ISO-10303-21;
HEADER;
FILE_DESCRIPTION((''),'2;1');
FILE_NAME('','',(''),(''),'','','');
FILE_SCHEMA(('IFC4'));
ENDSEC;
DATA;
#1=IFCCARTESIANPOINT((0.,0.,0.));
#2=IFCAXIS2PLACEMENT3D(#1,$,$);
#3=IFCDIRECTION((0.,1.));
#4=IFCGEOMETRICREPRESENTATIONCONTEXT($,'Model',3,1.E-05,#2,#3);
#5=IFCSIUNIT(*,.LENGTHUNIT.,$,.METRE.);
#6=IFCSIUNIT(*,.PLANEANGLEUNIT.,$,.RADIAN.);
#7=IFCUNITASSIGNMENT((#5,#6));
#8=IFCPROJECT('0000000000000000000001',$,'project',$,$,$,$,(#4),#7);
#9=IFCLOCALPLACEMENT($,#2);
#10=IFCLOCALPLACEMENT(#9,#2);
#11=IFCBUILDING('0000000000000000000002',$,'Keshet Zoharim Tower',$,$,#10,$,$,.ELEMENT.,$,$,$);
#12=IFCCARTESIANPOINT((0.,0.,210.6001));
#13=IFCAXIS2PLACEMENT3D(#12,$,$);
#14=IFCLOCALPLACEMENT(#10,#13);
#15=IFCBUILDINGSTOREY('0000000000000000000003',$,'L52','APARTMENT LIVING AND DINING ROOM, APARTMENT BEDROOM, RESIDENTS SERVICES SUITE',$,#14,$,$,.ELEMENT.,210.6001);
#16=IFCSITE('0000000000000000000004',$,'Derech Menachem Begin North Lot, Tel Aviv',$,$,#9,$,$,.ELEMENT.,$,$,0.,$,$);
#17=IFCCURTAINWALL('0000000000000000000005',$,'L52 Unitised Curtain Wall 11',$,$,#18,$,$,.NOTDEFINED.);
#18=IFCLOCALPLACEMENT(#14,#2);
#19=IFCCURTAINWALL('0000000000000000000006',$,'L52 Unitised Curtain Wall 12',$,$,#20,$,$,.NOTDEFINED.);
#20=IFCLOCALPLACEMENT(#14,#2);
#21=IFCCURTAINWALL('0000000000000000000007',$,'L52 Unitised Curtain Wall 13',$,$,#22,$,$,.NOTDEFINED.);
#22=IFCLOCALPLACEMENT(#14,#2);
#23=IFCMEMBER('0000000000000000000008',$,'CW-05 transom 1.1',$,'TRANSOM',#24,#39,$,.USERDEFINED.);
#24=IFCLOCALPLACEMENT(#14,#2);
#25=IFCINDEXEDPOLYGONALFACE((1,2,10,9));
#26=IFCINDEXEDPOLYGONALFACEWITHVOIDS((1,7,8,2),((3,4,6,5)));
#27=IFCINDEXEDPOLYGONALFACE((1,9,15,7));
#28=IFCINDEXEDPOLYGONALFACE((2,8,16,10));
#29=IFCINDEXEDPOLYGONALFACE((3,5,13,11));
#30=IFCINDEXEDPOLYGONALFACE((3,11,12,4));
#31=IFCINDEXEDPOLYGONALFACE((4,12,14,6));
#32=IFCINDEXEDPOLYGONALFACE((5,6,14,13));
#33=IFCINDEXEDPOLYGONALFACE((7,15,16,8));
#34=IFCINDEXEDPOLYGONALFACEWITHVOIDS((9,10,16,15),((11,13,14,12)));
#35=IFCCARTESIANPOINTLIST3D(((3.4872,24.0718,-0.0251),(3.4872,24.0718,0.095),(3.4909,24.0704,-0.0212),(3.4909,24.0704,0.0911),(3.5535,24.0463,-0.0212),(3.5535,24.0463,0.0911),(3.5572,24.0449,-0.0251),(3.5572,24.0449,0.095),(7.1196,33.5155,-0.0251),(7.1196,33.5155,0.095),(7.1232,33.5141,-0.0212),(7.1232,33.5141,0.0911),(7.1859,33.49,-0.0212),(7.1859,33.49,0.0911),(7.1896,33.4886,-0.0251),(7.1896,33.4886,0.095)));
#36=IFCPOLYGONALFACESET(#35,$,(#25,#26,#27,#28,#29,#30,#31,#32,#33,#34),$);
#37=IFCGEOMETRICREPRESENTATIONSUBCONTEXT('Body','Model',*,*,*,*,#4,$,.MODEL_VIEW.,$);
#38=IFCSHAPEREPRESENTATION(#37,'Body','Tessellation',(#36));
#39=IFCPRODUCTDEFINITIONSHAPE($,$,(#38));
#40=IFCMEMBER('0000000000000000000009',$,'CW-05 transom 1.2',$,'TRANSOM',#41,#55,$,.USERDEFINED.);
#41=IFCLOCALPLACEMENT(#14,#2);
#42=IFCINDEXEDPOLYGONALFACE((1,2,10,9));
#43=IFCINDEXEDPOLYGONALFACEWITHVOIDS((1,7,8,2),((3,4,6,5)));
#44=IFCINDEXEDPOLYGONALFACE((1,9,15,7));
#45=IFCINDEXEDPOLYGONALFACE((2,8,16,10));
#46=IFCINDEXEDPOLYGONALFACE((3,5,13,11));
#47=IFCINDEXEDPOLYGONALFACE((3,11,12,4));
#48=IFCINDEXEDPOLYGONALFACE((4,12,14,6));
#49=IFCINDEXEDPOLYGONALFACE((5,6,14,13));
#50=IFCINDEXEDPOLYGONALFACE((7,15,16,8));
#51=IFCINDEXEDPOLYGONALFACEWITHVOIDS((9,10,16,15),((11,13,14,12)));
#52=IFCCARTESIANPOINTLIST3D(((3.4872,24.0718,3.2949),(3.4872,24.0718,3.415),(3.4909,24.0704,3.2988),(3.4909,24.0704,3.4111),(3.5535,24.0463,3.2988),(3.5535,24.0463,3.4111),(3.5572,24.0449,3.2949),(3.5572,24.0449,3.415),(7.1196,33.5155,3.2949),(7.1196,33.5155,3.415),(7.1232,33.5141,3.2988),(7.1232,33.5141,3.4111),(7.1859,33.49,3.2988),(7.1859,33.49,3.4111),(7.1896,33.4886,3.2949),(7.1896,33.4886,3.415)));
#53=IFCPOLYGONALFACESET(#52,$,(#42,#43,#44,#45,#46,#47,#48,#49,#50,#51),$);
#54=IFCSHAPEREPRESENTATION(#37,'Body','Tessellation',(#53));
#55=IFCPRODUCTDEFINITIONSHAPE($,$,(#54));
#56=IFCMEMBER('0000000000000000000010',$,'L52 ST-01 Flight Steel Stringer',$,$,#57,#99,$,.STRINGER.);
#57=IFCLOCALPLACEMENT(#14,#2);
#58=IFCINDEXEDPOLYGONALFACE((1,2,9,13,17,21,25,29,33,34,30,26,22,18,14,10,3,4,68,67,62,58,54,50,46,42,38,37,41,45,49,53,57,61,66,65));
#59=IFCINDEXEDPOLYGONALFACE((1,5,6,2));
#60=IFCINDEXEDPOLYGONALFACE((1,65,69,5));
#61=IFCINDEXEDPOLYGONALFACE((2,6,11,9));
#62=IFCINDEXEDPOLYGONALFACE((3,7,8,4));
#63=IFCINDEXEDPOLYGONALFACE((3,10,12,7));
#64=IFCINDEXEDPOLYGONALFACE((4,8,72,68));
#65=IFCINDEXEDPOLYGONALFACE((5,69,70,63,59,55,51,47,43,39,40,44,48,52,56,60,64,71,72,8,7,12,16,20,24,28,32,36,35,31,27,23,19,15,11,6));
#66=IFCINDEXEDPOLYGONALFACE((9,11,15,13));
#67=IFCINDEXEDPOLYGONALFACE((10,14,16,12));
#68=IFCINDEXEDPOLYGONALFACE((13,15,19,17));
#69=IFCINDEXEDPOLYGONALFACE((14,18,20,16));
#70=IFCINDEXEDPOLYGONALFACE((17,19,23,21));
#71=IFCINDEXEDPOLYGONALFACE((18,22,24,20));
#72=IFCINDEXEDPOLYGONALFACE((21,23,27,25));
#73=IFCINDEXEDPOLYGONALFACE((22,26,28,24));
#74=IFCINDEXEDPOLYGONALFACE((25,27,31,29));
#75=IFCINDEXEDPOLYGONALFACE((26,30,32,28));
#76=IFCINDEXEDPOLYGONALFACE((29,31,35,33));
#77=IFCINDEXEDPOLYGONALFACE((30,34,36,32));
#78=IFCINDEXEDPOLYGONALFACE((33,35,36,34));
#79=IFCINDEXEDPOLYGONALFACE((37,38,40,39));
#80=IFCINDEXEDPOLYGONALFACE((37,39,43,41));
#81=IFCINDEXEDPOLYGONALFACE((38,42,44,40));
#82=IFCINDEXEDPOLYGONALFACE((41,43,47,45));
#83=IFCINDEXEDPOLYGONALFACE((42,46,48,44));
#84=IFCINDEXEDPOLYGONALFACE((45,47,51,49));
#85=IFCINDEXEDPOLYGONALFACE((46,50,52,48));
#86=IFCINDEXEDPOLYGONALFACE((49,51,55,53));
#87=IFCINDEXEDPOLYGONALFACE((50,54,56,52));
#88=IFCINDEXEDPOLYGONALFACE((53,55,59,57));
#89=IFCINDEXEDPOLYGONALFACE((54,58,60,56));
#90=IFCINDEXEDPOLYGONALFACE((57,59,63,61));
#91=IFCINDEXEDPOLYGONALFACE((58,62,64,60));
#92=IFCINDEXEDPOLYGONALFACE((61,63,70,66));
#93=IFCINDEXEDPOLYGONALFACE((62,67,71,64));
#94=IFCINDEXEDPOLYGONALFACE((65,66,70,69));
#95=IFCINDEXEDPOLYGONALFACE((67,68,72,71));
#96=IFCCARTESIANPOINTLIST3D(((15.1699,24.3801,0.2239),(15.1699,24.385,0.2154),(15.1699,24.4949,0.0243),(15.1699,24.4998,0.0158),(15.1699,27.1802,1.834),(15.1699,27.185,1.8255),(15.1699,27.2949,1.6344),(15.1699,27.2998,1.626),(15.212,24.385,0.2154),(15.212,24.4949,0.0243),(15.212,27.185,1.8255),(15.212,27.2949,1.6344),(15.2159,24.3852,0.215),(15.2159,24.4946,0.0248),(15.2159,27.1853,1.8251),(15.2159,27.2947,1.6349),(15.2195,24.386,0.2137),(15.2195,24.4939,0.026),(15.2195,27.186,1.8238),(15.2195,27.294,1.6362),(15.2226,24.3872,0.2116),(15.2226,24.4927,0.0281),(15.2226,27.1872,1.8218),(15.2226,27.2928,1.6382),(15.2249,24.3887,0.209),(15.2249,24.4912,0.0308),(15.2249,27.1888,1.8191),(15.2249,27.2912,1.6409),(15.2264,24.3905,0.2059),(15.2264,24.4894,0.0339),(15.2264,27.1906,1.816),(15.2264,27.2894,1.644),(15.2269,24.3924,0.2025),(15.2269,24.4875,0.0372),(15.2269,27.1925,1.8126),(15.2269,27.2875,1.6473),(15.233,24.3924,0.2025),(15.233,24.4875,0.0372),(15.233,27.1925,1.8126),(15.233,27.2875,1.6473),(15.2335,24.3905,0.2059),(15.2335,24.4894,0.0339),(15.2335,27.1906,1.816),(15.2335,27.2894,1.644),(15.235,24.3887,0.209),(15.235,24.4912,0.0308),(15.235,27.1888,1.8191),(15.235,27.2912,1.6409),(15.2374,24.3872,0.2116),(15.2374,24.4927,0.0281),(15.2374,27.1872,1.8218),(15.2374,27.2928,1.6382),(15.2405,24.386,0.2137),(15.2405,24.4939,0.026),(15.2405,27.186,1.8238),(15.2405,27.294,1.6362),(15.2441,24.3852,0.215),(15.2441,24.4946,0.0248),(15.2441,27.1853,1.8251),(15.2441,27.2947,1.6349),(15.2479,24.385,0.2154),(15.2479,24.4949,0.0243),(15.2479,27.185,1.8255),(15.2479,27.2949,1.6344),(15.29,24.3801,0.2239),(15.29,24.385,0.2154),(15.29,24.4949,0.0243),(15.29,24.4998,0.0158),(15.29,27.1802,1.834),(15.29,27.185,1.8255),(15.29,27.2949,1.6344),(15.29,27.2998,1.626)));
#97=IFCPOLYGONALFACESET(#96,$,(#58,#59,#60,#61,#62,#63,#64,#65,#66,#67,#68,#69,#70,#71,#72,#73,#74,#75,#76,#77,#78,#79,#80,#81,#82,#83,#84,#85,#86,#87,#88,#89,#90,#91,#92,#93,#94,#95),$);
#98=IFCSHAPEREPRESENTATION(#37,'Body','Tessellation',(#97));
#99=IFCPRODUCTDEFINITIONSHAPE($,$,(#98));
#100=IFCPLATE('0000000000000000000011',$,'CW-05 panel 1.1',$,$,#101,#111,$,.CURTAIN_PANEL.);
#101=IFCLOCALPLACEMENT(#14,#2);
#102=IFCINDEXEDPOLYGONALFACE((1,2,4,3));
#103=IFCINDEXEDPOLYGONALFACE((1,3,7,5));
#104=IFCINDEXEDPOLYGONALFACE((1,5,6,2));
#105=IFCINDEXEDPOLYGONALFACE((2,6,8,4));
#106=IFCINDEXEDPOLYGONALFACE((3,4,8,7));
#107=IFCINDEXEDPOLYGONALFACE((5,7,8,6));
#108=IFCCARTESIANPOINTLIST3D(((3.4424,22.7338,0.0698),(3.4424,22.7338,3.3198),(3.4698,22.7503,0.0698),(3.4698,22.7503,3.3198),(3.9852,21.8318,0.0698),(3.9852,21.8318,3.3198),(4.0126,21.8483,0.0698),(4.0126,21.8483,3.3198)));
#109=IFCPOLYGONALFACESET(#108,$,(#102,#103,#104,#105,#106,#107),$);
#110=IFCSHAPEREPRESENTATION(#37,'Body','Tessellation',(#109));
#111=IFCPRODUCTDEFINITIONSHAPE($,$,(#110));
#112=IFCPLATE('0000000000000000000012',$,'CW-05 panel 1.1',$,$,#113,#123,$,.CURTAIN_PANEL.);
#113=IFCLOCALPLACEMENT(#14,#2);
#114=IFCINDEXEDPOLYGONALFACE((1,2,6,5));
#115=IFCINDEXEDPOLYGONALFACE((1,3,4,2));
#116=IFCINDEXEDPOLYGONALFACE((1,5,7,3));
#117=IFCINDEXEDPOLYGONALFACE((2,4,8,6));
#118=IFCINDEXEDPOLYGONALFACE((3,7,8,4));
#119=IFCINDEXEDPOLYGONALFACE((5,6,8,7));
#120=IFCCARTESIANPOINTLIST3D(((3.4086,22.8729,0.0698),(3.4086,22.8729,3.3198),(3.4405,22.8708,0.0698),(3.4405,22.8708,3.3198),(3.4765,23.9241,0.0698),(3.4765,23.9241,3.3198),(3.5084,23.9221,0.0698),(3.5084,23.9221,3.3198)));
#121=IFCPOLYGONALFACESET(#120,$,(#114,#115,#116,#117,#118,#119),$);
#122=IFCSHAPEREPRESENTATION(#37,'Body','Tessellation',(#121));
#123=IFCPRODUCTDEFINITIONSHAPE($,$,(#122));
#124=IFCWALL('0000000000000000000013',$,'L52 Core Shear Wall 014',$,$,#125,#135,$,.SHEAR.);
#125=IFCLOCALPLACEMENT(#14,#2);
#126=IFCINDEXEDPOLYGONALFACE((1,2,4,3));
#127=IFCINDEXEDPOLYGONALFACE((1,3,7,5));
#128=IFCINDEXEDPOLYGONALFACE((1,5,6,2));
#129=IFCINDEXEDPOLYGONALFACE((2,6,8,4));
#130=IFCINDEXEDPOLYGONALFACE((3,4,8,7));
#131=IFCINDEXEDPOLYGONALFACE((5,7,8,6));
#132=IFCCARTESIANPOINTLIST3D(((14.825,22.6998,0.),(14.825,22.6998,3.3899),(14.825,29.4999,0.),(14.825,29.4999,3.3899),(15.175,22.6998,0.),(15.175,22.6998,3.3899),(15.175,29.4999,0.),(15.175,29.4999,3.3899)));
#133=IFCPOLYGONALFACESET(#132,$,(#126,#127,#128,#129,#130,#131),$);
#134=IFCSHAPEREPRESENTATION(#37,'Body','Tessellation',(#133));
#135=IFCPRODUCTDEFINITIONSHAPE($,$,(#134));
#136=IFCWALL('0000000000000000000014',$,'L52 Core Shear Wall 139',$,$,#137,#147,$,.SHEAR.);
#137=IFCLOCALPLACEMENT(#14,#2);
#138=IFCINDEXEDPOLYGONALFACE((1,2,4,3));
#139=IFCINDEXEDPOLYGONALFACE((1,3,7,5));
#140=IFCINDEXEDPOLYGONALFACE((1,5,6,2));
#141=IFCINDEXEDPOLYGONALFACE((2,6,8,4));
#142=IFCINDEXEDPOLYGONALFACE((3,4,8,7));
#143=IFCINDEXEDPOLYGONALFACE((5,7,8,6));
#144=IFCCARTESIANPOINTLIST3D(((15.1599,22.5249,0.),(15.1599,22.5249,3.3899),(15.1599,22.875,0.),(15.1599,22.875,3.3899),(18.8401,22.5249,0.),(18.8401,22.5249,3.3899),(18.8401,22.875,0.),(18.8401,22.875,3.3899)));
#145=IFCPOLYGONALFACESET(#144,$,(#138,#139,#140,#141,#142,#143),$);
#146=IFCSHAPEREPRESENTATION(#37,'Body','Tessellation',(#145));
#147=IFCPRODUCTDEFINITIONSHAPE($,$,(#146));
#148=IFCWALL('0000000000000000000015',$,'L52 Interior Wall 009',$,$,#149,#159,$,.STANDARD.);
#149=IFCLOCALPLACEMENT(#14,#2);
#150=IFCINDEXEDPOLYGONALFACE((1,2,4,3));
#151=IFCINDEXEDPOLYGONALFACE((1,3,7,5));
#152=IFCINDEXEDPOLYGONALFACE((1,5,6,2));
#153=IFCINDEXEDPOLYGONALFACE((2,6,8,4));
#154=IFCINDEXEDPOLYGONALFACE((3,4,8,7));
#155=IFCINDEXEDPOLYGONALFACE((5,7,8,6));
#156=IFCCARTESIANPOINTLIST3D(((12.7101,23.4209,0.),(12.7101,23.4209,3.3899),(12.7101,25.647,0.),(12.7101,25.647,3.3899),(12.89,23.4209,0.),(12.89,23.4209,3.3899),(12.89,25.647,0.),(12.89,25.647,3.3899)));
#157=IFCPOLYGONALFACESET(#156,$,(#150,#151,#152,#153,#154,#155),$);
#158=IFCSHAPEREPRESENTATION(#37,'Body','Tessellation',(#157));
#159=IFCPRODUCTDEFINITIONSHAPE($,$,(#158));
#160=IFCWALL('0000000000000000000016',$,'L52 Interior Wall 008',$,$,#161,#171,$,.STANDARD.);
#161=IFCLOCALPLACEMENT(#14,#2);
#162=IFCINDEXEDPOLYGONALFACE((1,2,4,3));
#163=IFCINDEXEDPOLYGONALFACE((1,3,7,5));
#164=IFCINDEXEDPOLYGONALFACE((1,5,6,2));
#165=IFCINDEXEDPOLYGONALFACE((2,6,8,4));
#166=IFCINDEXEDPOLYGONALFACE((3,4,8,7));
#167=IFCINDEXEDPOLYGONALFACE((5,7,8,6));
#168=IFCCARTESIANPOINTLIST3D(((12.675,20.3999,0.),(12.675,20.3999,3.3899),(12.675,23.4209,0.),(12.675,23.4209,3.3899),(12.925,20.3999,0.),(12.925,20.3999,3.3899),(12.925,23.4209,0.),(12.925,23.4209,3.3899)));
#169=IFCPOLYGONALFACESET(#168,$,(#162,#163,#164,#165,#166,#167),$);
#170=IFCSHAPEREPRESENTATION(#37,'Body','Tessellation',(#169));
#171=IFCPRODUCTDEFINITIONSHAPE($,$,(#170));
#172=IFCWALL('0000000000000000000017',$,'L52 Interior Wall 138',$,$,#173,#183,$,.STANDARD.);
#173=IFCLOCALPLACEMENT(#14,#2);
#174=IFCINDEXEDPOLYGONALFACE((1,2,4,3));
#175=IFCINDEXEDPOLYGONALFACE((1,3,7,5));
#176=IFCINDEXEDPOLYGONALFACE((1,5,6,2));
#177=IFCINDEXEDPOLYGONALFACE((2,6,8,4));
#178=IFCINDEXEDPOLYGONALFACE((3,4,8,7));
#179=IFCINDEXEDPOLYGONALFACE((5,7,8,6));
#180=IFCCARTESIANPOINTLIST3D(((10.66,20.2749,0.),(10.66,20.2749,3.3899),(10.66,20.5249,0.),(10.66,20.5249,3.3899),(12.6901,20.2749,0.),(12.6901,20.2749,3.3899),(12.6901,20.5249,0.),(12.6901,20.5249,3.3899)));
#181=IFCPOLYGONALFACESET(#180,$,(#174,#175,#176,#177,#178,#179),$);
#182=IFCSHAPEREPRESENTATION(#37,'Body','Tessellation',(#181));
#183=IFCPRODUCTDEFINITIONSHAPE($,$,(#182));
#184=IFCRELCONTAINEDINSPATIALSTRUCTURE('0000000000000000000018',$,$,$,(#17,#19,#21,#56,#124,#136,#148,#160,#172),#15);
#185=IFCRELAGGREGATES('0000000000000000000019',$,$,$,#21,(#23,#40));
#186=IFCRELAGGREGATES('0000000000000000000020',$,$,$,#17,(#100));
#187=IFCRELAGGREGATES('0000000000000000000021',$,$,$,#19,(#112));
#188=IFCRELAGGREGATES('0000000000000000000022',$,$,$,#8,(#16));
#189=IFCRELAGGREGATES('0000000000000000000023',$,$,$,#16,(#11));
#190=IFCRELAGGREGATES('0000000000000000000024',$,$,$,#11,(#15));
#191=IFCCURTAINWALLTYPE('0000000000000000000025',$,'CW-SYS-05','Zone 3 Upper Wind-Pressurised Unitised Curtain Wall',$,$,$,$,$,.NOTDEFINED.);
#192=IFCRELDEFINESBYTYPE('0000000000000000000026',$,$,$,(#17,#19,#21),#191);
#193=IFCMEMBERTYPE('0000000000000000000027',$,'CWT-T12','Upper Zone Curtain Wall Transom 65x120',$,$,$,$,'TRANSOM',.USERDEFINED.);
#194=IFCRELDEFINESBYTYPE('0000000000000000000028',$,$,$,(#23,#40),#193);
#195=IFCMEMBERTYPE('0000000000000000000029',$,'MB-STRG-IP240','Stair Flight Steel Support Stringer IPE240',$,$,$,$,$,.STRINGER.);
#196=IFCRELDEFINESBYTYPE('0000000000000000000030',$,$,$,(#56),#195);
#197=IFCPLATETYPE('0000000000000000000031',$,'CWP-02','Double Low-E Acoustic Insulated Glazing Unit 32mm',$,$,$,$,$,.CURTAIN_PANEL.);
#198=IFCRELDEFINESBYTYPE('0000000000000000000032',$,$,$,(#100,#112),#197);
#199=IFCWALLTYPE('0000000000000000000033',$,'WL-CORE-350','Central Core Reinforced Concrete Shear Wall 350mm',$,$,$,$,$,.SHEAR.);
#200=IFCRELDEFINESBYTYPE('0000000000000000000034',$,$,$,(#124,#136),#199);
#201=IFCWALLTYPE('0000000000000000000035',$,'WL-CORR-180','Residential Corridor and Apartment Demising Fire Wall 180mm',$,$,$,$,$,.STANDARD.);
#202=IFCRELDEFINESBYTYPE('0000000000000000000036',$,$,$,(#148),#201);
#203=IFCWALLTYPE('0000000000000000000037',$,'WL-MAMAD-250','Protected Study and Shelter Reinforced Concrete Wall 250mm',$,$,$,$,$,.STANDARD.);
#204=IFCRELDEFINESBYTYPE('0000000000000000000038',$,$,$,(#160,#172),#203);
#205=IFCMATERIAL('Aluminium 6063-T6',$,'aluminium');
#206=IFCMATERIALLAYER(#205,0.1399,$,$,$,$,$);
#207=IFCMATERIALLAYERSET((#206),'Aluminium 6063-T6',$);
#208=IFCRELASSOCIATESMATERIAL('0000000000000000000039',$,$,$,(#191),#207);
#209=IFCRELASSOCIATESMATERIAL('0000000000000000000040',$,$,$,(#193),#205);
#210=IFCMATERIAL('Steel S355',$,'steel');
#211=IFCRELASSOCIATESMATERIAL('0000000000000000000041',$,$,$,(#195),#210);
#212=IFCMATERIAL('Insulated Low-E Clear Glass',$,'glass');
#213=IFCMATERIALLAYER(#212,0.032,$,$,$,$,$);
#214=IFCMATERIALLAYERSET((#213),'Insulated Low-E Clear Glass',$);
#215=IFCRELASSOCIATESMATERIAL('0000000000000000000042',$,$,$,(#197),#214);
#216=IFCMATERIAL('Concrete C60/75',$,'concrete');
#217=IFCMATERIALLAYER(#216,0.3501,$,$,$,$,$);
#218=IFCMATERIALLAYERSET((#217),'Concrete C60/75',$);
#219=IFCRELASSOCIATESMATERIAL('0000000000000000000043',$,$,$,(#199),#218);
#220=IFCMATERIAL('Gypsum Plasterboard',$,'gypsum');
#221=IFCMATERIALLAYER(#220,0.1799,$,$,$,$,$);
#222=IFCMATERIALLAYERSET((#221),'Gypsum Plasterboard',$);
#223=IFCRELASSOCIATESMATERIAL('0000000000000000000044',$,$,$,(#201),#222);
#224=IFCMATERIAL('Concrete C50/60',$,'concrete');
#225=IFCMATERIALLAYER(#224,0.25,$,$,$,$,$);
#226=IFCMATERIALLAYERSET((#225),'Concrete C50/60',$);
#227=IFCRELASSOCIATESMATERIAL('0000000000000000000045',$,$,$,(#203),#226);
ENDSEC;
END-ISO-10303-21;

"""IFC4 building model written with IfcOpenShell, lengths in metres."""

from ifc_helpers import new_model, si_unit, direction, frame, frame_2d, origin, origin_2d, place, context, subcontext, project, spatial, rectangle, hollow_rectangle, i_section, extrude, material, layer, layer_set, material_profile, profile_set, type_object, element, aggregate, save


model = new_model("IFC4")

# Units and contexts
model_context = context("Model", 3, precision=1e-05, world=origin(), true_north=direction((0.0, 1.0)))
body_context = subcontext(model_context, "Body", "Model", "MODEL_VIEW")
ifc_project = project(units=[si_unit("LENGTHUNIT", "METRE"), si_unit("PLANEANGLEUNIT", "RADIAN")], contexts=[model_context])

# Site, building, storey
site_placement = place(None, origin())
site = spatial("IfcSite", under=ifc_project, at=site_placement, Name="Derech Menachem Begin North Lot, Tel Aviv", CompositionType="ELEMENT", RefElevation=0.0)
building_placement = place(site_placement, origin())
building = spatial("IfcBuilding", under=site, at=building_placement, Name="Keshet Zoharim Tower", CompositionType="ELEMENT")
storey_placement = place(building_placement, frame((0.0, 0.0, 210.6001)))
storey = spatial("IfcBuildingStorey", under=building, at=storey_placement, Name="L52", Description="APARTMENT LIVING AND DINING ROOM, APARTMENT BEDROOM, RESIDENTS SERVICES SUITE", CompositionType="ELEMENT", Elevation=210.6001)

# Shared definitions
ifc_material_1 = material(Name="Concrete C50/60", Category="concrete")

# Shared definitions
ifc_material_2 = material(Name="Aluminium 6063-T6", Category="aluminium")
ifc_layer_1 = layer(ifc_material_2, 0.1399)
ifc_layer_set_1 = layer_set([ifc_layer_1], Name="Aluminium 6063-T6")
curtain_wall_type = type_object("IfcCurtainWallType", Name="CW-SYS-05", Description="Zone 3 Upper Wind-Pressurised Unitised Curtain Wall", PredefinedType="NOTDEFINED", material=ifc_layer_set_1)

# Curtain walls
curtain_wall_1_placement = place(storey_placement, origin())
curtain_wall_1 = element("IfcCurtainWall", 1, at=curtain_wall_1_placement, inside=storey, type_object=curtain_wall_type, Name="L52 Unitised Curtain Wall 11", PredefinedType="NOTDEFINED")
curtain_wall_2_placement = place(storey_placement, origin())
curtain_wall_2 = element("IfcCurtainWall", 2, at=curtain_wall_2_placement, inside=storey, type_object=curtain_wall_type, Name="L52 Unitised Curtain Wall 12", PredefinedType="NOTDEFINED")

# Curtain wall
curtain_wall_3_placement = place(storey_placement, origin())
curtain_wall_3 = element("IfcCurtainWall", 3, at=curtain_wall_3_placement, inside=storey, type_object=curtain_wall_type, Name="L52 Unitised Curtain Wall 13", PredefinedType="NOTDEFINED")

# Members
ifc_material_profile_1 = material_profile(ifc_material_2, hollow_rectangle(XDim=0.075, YDim=0.1201, WallThickness=0.0039, at=origin_2d()), Name="TRN-75x120")
ifc_profile_set_1 = profile_set([ifc_material_profile_1], Name="Aluminium 6063-T6")
member_type_1 = type_object("IfcMemberType", Name="CWT-T12", Description="Upper Zone Curtain Wall Transom 65x120", ElementType="TRANSOM", PredefinedType="USERDEFINED", material=ifc_profile_set_1)
member_1_placement = place(storey_placement, frame((3.5222, 24.0583, 0.0349), z_axis=(0.358994, 0.93334, 0.0), x_axis=(-0.93334, 0.358994, 0.0)))
member_1 = element("IfcMember", 4, at=member_1_placement, type_object=member_type_1, Name="CW-05 transom 1.1", ObjectType="TRANSOM", PredefinedType="USERDEFINED", context=body_context, shape_type="SweptSolid", body=[
    extrude(hollow_rectangle(XDim=0.075, YDim=0.1201, WallThickness=0.0039, at=origin_2d()), origin(), (0.0, 0.0, 1.0), 10.1182),
])
member_2_placement = place(storey_placement, frame((3.5222, 24.0583, 3.355), z_axis=(0.358994, 0.93334, 0.0), x_axis=(-0.93334, 0.358994, 0.0)))
member_2 = element("IfcMember", 5, at=member_2_placement, type_object=member_type_1, Name="CW-05 transom 1.2", ObjectType="TRANSOM", PredefinedType="USERDEFINED", context=body_context, shape_type="SweptSolid", body=[
    extrude(hollow_rectangle(XDim=0.075, YDim=0.1201, WallThickness=0.0039, at=origin_2d()), origin(), (0.0, 0.0, 1.0), 10.1182),
])
aggregate(curtain_wall_3, [member_1, member_2])
ifc_material_3 = material(Name="Steel S355", Category="steel")
ifc_material_profile_2 = material_profile(ifc_material_3, i_section(OverallWidth=0.1201, OverallDepth=0.24, WebThickness=0.0061, FlangeThickness=0.0098, FilletRadius=0.0149, at=origin_2d()), Name="IPE240")
ifc_profile_set_2 = profile_set([ifc_material_profile_2], Name="Steel S355")
member_type_2 = type_object("IfcMemberType", Name="MB-STRG-IP240", Description="Stair Flight Steel Support Stringer IPE240", PredefinedType="STRINGER", material=ifc_profile_set_2)
member_3_placement = place(storey_placement, frame((15.23, 24.4399, 0.1199), z_axis=(0.0, 0.866896, 0.49849), x_axis=(-1.0, 0.0, 0.0)))
element("IfcMember", 6, at=member_3_placement, inside=storey, type_object=member_type_2, Name="L52 ST-01 Flight Steel Stringer", PredefinedType="STRINGER", context=body_context, shape_type="SweptSolid", body=[
    extrude(i_section(OverallWidth=0.1201, OverallDepth=0.24, WebThickness=0.0061, FlangeThickness=0.0098, FilletRadius=0.0149, at=origin_2d()), origin(), (0.0, 0.0, 1.0), 3.23),
])

# Plates
ifc_material_4 = material(Name="Insulated Low-E Clear Glass", Category="glass")
ifc_layer_2 = layer(ifc_material_4, 0.032)
ifc_layer_set_2 = layer_set([ifc_layer_2], Name="Insulated Low-E Clear Glass")
plate_type = type_object("IfcPlateType", Name="CWP-02", Description="Double Low-E Acoustic Insulated Glazing Unit 32mm", PredefinedType="CURTAIN_PANEL", material=ifc_layer_set_2)
plate_1_placement = place(storey_placement, frame((3.7275, 22.291, 0.0698), z_axis=(0.0, 0.0, 1.0), x_axis=(-0.515605, 0.856826, 0.0)))
plate_1 = element("IfcPlate", 7, at=plate_1_placement, type_object=plate_type, Name="CW-05 panel 1.1", PredefinedType="CURTAIN_PANEL", context=body_context, shape_type="SweptSolid", body=[
    extrude(rectangle(XDim=1.0527, YDim=0.032, at=origin_2d()), origin(), (0.0, 0.0, 1.0), 3.25),
])
aggregate(curtain_wall_1, [plate_1])
plate_2_placement = place(storey_placement, frame((3.4585, 23.3975, 0.0698), z_axis=(0.0, 0.0, 1.0), x_axis=(0.064517, 0.997917, 0.0)))
plate_2 = element("IfcPlate", 8, at=plate_2_placement, type_object=plate_type, Name="CW-05 panel 1.1", PredefinedType="CURTAIN_PANEL", context=body_context, shape_type="SweptSolid", body=[
    extrude(rectangle(XDim=1.0535, YDim=0.032, at=origin_2d()), origin(), (0.0, 0.0, 1.0), 3.25),
])
aggregate(curtain_wall_2, [plate_2])

# Walls
ifc_material_5 = material(Name="Concrete C60/75", Category="concrete")
ifc_layer_3 = layer(ifc_material_5, 0.3501)
ifc_layer_set_3 = layer_set([ifc_layer_3], Name="Concrete C60/75")
wall_type_1 = type_object("IfcWallType", Name="WL-CORE-350", Description="Central Core Reinforced Concrete Shear Wall 350mm", PredefinedType="SHEAR", material=ifc_layer_set_3)
wall_1_placement = place(storey_placement, frame((15.0, 22.7, 0.0), z_axis=(0.0, 0.0, 1.0), x_axis=(0.0, 1.0, 0.0)))
element("IfcWall", 9, at=wall_1_placement, inside=storey, type_object=wall_type_1, Name="L52 Core Shear Wall 014", PredefinedType="SHEAR", context=body_context, shape_type="SweptSolid", body=[
    extrude(rectangle(XDim=6.8, YDim=0.3501, at=frame_2d((3.3999, 0.0))), origin(), (0.0, 0.0, 1.0), 3.3899),
])
wall_2_placement = place(storey_placement, frame((15.1599, 22.7, 0.0), z_axis=(0.0, 0.0, 1.0), x_axis=(1.0, 0.0, 0.0)))
element("IfcWall", 10, at=wall_2_placement, inside=storey, type_object=wall_type_1, Name="L52 Core Shear Wall 139", PredefinedType="SHEAR", context=body_context, shape_type="SweptSolid", body=[
    extrude(rectangle(XDim=3.6802, YDim=0.3501, at=frame_2d((1.8401, 0.0))), origin(), (0.0, 0.0, 1.0), 3.3899),
])
ifc_material_6 = material(Name="Gypsum Plasterboard", Category="gypsum")
ifc_layer_4 = layer(ifc_material_6, 0.1799)
ifc_layer_set_4 = layer_set([ifc_layer_4], Name="Gypsum Plasterboard")
wall_type_2 = type_object("IfcWallType", Name="WL-CORR-180", Description="Residential Corridor and Apartment Demising Fire Wall 180mm", PredefinedType="STANDARD", material=ifc_layer_set_4)
wall_3_placement = place(storey_placement, frame((12.8, 23.4209, 0.0), z_axis=(0.0, 0.0, 1.0), x_axis=(0.0, 1.0, 0.0)))
element("IfcWall", 11, at=wall_3_placement, inside=storey, type_object=wall_type_2, Name="L52 Interior Wall 009", PredefinedType="STANDARD", context=body_context, shape_type="SweptSolid", body=[
    extrude(rectangle(XDim=2.2261, YDim=0.1799, at=frame_2d((1.113, 0.0))), origin(), (0.0, 0.0, 1.0), 3.3899),
])

# Shared definitions
ifc_layer_5 = layer(ifc_material_1, 0.25)
ifc_layer_set_5 = layer_set([ifc_layer_5], Name="Concrete C50/60")
wall_type_3 = type_object("IfcWallType", Name="WL-MAMAD-250", Description="Protected Study and Shelter Reinforced Concrete Wall 250mm", PredefinedType="STANDARD", material=ifc_layer_set_5)

# Walls
wall_4_placement = place(storey_placement, frame((12.8, 20.3999, 0.0), z_axis=(0.0, 0.0, 1.0), x_axis=(0.0, 1.0, 0.0)))
element("IfcWall", 12, at=wall_4_placement, inside=storey, type_object=wall_type_3, Name="L52 Interior Wall 008", PredefinedType="STANDARD", context=body_context, shape_type="SweptSolid", body=[
    extrude(rectangle(XDim=3.021, YDim=0.25, at=frame_2d((1.5105, 0.0))), origin(), (0.0, 0.0, 1.0), 3.3899),
])
for number, where, z_axis, x_axis, name in (
    (13, (10.6599, 20.3999, 0.0), (0.0, 0.0, 1.0), (1.0, 0.0, 0.0), "L52 Interior Wall 138"),
):
    element("IfcWall", number, at=place(storey_placement, frame(where, z_axis=z_axis, x_axis=x_axis)), inside=storey, type_object=wall_type_3, Name=name, PredefinedType="STANDARD", context=body_context, shape_type="SweptSolid", body=[
        extrude(rectangle(XDim=2.03, YDim=0.25, at=frame_2d((1.0151, 0.0))), origin(), (0.0, 0.0, 1.0), 3.3899),
    ])

save(model, "model.ifc")
